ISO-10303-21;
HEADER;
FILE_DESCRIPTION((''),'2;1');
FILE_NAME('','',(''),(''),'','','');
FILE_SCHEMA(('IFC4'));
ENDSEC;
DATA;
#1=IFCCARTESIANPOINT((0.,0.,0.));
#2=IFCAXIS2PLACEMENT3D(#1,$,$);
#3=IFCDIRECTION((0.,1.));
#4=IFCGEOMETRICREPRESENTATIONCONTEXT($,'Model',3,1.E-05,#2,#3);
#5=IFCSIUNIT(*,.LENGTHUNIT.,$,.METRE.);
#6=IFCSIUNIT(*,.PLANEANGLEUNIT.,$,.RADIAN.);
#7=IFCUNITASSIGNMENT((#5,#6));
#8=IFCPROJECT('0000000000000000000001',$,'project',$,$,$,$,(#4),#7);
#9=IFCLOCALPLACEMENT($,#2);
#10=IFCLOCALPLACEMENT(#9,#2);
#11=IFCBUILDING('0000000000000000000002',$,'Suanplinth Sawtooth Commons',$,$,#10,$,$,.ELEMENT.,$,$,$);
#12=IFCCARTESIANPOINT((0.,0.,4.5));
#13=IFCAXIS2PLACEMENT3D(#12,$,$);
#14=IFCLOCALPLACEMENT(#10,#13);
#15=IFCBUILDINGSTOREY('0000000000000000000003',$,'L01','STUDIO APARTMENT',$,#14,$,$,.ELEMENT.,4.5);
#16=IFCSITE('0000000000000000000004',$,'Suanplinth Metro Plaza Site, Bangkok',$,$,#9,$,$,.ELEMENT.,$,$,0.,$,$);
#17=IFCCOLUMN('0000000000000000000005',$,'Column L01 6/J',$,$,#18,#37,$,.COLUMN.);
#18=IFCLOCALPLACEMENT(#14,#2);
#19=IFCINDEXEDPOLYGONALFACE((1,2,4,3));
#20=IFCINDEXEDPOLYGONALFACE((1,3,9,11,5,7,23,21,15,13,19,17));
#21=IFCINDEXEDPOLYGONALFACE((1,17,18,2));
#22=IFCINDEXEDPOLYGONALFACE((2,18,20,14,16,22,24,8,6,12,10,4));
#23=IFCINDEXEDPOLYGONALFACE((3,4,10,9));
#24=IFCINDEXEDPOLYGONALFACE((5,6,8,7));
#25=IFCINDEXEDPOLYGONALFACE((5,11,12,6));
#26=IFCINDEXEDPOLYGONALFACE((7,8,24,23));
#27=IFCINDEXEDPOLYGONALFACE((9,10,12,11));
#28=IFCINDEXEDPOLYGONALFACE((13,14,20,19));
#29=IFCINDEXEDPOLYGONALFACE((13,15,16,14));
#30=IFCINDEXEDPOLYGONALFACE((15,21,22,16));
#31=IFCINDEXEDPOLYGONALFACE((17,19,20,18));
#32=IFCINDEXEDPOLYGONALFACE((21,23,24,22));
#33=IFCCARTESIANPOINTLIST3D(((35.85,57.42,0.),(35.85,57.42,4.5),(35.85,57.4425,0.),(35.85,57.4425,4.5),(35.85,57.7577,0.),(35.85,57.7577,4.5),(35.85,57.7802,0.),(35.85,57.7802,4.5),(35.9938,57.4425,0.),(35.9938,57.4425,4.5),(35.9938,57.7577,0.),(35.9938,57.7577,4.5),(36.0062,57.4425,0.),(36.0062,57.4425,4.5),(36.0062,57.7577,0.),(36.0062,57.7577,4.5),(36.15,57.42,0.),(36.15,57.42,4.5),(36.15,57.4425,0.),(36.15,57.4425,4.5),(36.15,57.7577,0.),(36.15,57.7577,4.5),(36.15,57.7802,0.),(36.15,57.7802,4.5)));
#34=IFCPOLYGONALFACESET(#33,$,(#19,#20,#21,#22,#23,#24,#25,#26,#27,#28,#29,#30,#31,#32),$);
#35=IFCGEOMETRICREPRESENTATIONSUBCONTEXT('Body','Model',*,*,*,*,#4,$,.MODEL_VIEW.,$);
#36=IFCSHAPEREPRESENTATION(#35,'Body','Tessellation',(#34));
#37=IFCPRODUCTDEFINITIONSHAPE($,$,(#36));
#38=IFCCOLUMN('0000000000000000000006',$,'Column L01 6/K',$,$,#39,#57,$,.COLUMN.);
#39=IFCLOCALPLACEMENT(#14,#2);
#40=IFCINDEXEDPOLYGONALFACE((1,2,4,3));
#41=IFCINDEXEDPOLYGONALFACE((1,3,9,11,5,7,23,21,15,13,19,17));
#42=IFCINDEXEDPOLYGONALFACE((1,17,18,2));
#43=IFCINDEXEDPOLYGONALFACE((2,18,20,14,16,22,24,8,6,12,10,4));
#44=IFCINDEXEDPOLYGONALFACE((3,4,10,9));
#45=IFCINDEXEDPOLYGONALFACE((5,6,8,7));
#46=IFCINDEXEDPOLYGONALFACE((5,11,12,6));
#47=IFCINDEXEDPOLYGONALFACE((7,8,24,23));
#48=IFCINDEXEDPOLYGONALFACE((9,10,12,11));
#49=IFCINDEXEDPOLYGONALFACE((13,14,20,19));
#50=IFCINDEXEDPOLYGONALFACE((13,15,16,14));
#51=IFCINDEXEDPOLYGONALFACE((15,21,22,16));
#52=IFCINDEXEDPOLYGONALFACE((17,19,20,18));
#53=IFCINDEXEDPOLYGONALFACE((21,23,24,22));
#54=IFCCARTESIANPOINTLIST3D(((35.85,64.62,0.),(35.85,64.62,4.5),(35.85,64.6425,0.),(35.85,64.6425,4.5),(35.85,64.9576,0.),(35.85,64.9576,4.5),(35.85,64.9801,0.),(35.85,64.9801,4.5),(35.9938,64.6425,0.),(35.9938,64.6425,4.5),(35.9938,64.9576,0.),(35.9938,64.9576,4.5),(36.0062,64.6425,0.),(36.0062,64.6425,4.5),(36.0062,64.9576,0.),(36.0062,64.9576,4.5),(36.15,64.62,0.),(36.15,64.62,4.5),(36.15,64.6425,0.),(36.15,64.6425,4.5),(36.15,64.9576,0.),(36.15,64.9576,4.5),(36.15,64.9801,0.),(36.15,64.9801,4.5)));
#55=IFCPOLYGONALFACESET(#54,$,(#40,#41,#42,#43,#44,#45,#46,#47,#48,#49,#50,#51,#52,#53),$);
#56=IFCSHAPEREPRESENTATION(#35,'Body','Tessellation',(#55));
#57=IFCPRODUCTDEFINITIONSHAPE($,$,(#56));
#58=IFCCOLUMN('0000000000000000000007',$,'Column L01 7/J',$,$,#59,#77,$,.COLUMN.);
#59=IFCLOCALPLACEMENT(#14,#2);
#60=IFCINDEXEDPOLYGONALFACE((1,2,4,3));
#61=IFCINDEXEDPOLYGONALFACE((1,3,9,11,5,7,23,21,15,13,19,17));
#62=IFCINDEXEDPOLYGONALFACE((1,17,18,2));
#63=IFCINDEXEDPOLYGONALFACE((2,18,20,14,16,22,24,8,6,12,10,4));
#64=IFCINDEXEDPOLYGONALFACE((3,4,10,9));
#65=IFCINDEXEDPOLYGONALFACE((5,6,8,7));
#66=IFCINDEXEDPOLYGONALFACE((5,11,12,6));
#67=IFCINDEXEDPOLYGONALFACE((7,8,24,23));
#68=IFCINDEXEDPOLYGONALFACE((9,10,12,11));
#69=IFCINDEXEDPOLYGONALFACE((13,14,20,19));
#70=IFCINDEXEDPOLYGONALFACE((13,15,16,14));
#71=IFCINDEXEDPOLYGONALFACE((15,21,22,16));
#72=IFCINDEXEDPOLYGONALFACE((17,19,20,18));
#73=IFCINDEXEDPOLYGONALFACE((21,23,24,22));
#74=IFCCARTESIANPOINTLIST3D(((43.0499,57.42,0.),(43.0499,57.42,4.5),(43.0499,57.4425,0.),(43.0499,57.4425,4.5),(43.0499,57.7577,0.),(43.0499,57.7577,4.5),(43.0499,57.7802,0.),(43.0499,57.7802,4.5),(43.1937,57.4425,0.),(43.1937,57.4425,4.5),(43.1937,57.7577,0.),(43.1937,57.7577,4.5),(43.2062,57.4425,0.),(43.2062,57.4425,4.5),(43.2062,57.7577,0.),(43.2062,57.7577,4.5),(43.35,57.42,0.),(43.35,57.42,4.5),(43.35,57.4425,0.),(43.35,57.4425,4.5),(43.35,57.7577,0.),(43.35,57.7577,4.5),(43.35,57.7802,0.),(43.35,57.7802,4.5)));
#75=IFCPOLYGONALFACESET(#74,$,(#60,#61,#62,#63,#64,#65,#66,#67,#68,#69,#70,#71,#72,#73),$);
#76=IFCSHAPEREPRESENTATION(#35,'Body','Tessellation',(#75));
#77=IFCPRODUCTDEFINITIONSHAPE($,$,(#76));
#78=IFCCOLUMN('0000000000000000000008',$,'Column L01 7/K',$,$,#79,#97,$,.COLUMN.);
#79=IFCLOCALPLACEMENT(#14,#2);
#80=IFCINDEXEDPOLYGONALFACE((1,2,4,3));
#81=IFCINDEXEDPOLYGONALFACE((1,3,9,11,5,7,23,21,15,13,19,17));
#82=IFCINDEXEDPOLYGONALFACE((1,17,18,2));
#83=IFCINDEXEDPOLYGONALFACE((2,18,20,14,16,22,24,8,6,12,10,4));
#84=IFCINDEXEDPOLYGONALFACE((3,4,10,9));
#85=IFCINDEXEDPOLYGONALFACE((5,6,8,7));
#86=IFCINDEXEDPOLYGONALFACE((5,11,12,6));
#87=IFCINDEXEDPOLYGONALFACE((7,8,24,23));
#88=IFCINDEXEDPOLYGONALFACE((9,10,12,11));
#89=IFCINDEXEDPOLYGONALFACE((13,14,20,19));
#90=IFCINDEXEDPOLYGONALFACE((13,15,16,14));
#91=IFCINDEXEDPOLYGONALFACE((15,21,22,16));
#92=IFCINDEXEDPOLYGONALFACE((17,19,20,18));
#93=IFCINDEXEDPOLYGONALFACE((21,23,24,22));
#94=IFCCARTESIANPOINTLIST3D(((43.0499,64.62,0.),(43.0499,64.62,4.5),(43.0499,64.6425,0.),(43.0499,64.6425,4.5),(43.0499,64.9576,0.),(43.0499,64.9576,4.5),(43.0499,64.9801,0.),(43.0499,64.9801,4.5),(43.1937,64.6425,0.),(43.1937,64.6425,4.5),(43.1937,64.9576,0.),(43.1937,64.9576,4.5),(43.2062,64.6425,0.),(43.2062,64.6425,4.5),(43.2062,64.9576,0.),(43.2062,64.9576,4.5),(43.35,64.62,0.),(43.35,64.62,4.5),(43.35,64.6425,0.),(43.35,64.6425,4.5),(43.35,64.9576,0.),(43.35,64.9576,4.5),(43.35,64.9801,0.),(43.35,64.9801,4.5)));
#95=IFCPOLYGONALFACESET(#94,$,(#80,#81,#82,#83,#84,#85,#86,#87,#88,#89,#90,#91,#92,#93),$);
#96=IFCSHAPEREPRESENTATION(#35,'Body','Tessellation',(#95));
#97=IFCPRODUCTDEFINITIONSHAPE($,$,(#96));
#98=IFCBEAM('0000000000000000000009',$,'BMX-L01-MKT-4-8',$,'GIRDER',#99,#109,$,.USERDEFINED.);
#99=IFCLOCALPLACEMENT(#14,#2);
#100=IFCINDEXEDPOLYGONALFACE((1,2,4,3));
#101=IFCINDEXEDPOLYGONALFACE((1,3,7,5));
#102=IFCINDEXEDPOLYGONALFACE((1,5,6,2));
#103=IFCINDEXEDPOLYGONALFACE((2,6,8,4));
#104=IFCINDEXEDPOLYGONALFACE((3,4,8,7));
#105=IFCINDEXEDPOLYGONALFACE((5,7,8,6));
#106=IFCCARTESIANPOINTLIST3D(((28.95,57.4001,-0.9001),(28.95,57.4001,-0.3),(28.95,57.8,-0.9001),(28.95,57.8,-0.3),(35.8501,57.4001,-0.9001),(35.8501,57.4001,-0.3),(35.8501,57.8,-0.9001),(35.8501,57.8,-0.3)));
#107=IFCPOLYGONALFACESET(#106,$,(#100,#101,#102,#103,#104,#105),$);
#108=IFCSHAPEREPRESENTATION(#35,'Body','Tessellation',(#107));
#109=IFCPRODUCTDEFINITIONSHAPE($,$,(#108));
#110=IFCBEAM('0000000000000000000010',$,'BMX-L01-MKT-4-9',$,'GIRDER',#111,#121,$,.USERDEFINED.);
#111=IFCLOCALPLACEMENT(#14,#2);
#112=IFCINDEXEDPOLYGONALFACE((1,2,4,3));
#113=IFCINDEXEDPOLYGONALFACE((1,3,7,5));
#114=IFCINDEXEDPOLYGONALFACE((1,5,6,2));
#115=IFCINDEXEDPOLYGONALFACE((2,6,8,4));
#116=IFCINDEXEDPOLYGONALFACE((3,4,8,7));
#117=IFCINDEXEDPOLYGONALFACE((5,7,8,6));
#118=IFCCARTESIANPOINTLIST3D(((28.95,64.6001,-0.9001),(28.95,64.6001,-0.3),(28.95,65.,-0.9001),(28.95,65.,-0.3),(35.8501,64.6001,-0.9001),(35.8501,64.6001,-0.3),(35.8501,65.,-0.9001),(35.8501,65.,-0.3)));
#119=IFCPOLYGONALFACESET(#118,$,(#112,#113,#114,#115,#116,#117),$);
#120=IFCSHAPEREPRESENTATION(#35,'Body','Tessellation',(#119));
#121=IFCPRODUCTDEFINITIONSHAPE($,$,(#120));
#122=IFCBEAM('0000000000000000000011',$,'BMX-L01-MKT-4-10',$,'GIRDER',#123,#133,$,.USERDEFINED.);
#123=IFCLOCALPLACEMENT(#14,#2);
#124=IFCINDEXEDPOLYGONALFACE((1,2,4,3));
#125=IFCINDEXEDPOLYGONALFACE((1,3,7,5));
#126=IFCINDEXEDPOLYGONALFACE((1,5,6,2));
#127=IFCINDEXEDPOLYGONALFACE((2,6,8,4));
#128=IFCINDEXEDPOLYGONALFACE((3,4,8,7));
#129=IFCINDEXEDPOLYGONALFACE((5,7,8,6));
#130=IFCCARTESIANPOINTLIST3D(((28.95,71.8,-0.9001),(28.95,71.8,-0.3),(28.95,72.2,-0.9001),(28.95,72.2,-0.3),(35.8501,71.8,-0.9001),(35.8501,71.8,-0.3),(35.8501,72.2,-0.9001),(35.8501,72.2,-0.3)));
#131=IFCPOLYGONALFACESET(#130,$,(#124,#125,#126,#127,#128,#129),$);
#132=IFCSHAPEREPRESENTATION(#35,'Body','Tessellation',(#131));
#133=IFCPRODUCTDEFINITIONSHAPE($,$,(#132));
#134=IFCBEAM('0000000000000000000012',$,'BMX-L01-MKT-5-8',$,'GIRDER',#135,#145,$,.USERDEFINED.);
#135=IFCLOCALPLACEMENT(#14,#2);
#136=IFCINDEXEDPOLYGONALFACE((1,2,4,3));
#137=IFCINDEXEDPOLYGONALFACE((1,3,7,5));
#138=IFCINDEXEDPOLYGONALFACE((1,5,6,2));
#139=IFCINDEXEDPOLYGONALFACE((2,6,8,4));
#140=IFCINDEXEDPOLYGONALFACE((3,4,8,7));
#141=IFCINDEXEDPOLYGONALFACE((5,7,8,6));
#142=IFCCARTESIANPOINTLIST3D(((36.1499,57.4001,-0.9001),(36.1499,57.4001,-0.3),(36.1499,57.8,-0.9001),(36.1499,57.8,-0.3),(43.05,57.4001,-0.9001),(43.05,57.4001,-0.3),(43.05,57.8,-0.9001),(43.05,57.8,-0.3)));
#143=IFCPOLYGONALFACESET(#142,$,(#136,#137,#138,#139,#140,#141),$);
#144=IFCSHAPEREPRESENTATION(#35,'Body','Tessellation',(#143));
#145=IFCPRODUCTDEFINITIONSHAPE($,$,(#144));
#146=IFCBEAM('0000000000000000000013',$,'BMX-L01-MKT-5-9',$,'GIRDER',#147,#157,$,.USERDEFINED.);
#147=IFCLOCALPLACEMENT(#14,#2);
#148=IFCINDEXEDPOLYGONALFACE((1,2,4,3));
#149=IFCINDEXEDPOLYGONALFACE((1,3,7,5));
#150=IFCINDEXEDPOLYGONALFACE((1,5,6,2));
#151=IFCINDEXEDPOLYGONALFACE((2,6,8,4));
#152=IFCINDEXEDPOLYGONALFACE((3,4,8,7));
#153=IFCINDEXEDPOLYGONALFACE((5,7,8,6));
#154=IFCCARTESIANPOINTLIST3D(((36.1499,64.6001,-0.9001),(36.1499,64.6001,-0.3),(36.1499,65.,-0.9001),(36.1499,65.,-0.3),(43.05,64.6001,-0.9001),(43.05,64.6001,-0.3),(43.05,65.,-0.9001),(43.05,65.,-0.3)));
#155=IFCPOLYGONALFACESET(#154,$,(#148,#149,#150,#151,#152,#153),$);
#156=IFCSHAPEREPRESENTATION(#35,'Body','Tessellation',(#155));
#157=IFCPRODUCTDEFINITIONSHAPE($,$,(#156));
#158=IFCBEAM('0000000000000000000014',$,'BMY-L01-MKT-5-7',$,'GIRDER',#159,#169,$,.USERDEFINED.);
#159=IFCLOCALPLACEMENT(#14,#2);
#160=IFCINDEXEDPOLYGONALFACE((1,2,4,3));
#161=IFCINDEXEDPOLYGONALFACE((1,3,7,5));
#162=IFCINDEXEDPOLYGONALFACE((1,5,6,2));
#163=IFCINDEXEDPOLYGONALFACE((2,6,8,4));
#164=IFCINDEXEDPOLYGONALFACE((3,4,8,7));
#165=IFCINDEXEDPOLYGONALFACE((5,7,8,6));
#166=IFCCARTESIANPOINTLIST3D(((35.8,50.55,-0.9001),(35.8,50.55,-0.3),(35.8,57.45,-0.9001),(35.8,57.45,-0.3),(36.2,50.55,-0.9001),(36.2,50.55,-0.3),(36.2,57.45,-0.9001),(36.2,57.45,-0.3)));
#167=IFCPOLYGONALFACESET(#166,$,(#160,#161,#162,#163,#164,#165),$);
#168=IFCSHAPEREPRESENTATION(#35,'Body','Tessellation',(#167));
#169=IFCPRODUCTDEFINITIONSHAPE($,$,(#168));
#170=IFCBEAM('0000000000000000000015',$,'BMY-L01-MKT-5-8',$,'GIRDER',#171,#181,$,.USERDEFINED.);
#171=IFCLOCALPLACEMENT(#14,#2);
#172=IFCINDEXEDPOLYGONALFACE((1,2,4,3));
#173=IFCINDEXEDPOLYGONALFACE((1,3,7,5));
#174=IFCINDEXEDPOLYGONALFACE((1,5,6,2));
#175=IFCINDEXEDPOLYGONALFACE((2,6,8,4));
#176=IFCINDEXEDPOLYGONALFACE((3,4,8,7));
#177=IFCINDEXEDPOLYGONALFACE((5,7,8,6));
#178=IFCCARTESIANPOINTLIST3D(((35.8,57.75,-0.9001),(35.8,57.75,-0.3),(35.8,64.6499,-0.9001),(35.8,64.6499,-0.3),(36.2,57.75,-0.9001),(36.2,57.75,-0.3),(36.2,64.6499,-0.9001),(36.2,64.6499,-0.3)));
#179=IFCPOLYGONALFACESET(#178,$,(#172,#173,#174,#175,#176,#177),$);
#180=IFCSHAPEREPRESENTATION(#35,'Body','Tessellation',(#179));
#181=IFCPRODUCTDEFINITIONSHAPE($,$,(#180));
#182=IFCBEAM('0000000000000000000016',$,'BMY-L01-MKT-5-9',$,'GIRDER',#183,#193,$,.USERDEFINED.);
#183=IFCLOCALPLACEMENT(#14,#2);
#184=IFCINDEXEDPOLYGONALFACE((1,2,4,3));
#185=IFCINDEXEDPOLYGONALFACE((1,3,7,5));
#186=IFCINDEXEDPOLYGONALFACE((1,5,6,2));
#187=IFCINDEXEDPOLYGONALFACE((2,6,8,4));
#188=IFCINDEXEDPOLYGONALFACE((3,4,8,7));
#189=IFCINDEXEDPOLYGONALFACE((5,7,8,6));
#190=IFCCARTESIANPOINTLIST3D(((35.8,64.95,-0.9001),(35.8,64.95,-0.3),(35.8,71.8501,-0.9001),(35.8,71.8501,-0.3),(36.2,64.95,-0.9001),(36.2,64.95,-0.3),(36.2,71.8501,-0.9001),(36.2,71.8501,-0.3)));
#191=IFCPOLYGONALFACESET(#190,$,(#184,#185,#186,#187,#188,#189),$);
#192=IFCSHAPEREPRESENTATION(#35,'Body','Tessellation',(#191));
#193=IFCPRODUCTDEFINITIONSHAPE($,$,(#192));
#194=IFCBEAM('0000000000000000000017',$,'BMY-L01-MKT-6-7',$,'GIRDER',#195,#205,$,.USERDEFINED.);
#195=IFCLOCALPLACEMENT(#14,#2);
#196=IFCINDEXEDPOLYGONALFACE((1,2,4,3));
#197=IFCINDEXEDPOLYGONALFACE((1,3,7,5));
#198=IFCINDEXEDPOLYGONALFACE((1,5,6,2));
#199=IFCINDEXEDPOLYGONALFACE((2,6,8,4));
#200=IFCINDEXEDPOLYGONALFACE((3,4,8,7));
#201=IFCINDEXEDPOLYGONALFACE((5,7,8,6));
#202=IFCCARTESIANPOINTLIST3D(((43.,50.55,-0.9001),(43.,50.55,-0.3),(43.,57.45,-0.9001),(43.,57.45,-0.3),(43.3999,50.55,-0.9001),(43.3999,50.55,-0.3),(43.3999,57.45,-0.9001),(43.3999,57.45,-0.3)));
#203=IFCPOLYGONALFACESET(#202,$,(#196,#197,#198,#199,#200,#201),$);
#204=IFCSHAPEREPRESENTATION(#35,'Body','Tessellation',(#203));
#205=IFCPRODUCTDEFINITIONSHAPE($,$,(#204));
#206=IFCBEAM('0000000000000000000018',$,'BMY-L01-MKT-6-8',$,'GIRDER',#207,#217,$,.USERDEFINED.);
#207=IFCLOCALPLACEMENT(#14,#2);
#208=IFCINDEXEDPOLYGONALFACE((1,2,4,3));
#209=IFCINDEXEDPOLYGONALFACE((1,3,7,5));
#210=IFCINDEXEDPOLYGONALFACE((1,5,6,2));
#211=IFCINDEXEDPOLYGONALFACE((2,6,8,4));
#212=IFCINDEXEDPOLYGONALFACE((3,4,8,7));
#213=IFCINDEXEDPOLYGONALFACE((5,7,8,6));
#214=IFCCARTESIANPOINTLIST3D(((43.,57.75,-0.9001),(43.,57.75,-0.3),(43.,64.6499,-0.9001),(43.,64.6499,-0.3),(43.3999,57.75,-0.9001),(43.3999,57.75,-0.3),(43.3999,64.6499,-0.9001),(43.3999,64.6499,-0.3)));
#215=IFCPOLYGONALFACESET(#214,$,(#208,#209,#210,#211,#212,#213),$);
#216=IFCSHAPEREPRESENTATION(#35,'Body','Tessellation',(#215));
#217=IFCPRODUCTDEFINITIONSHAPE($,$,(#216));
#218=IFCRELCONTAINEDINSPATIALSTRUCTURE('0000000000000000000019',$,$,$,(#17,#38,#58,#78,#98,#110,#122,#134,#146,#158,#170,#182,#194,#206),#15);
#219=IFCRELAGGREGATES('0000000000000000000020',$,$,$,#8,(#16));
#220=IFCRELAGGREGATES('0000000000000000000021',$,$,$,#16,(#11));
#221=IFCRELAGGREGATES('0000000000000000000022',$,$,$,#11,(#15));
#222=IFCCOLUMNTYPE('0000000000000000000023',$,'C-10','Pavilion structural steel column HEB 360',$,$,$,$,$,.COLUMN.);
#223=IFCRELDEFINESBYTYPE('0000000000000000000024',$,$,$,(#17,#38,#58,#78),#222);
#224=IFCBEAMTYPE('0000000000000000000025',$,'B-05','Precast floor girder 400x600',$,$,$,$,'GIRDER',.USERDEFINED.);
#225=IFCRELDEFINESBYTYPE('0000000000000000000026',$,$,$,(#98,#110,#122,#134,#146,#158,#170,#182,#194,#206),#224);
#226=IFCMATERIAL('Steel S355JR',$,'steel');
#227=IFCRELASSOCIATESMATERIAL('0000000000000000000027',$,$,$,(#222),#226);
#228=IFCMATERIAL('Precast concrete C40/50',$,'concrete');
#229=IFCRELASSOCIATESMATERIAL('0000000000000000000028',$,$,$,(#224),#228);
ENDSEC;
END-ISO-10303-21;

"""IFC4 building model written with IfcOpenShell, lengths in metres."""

from ifc_helpers import new_model, si_unit, direction, frame, origin, origin_2d, place, context, subcontext, project, spatial, rectangle, i_section, extrude, material, material_profile, profile_set, type_object, element, save


model = new_model("IFC4")

# Units and contexts
model_context = context("Model", 3, precision=1e-05, world=origin(), true_north=direction((0.0, 1.0)))
body_context = subcontext(model_context, "Body", "Model", "MODEL_VIEW")
ifc_project = project(units=[si_unit("LENGTHUNIT", "METRE"), si_unit("PLANEANGLEUNIT", "RADIAN")], contexts=[model_context])

# Site, building, storey
site_placement = place(None, origin())
site = spatial("IfcSite", under=ifc_project, at=site_placement, Name="Suanplinth Metro Plaza Site, Bangkok", CompositionType="ELEMENT", RefElevation=0.0)
building_placement = place(site_placement, origin())
building = spatial("IfcBuilding", under=site, at=building_placement, Name="Suanplinth Sawtooth Commons", CompositionType="ELEMENT")
storey_placement = place(building_placement, frame((0.0, 0.0, 4.5)))
storey = spatial("IfcBuildingStorey", under=building, at=storey_placement, Name="L01", Description="STUDIO APARTMENT", CompositionType="ELEMENT", Elevation=4.5)

# Columns
ifc_material_1 = material(Name="Steel S355JR", Category="steel")
ifc_material_profile_1 = material_profile(ifc_material_1, i_section(OverallWidth=0.3, OverallDepth=0.3601, WebThickness=0.0125, FlangeThickness=0.0225, at=origin_2d()), Name="HEB 360")
ifc_profile_set_1 = profile_set([ifc_material_profile_1], Name="Steel S355JR")
column_type = type_object("IfcColumnType", Name="C-10", Description="Pavilion structural steel column HEB 360", PredefinedType="COLUMN", material=ifc_profile_set_1)
for number, where, z_axis, x_axis, name in (
    (1, (36.0, 57.6001, 0.0), (0.0, 0.0, 1.0), (1.0, 0.0, 0.0), "Column L01 6/J"),
    (2, (36.0, 64.8, 0.0), (0.0, 0.0, 1.0), (1.0, 0.0, 0.0), "Column L01 6/K"),
    (3, (43.2, 57.6001, 0.0), (0.0, 0.0, 1.0), (1.0, 0.0, 0.0), "Column L01 7/J"),
    (4, (43.2, 64.8, 0.0), (0.0, 0.0, 1.0), (1.0, 0.0, 0.0), "Column L01 7/K"),
):
    element("IfcColumn", number, at=place(storey_placement, frame(where, z_axis=z_axis, x_axis=x_axis)), inside=storey, type_object=column_type, Name=name, PredefinedType="COLUMN", context=body_context, shape_type="SweptSolid", body=[
        extrude(i_section(OverallWidth=0.3, OverallDepth=0.3601, WebThickness=0.0125, FlangeThickness=0.0225, at=origin_2d()), origin(), (0.0, 0.0, 1.0), 4.5),
    ])

# Beams
ifc_material_2 = material(Name="Precast concrete C40/50", Category="concrete")
ifc_material_profile_2 = material_profile(ifc_material_2, rectangle(XDim=0.3999, YDim=0.6001, at=origin_2d()), Name="PC-GDR 400x600")
ifc_profile_set_2 = profile_set([ifc_material_profile_2], Name="Precast concrete C40/50")
beam_type = type_object("IfcBeamType", Name="B-05", Description="Precast floor girder 400x600", ElementType="GIRDER", PredefinedType="USERDEFINED", material=ifc_profile_set_2)
for number, where, z_axis, x_axis, name in (
    (5, (28.95, 57.6001, -0.6001), (1.0, 0.0, 0.0), (0.0, 1.0, 0.0), "BMX-L01-MKT-4-8"),
    (6, (28.95, 64.8, -0.6001), (1.0, 0.0, 0.0), (0.0, 1.0, 0.0), "BMX-L01-MKT-4-9"),
    (7, (28.95, 72.0, -0.6001), (1.0, 0.0, 0.0), (0.0, 1.0, 0.0), "BMX-L01-MKT-4-10"),
    (8, (36.1499, 57.6001, -0.6001), (1.0, 0.0, 0.0), (0.0, 1.0, 0.0), "BMX-L01-MKT-5-8"),
    (9, (36.1499, 64.8, -0.6001), (1.0, 0.0, 0.0), (0.0, 1.0, 0.0), "BMX-L01-MKT-5-9"),
):
    element("IfcBeam", number, at=place(storey_placement, frame(where, z_axis=z_axis, x_axis=x_axis)), inside=storey, type_object=beam_type, Name=name, ObjectType="GIRDER", PredefinedType="USERDEFINED", context=body_context, shape_type="SweptSolid", body=[
        extrude(rectangle(XDim=0.3999, YDim=0.6001, at=origin_2d()), origin(), (0.0, 0.0, 1.0), 6.9001),
    ])
for number, where, z_axis, x_axis, name in (
    (10, (36.0, 50.55, -0.6001), (0.0, 1.0, 0.0), (-1.0, 0.0, 0.0), "BMY-L01-MKT-5-7"),
    (11, (36.0, 57.75, -0.6001), (0.0, 1.0, 0.0), (-1.0, 0.0, 0.0), "BMY-L01-MKT-5-8"),
):
    element("IfcBeam", number, at=place(storey_placement, frame(where, z_axis=z_axis, x_axis=x_axis)), inside=storey, type_object=beam_type, Name=name, ObjectType="GIRDER", PredefinedType="USERDEFINED", context=body_context, shape_type="SweptSolid", body=[
        extrude(rectangle(XDim=0.3999, YDim=0.6001, at=origin_2d()), origin(), (0.0, 0.0, 1.0), 6.8999),
    ])
beam_1_placement = place(storey_placement, frame((36.0, 64.95, -0.6001), z_axis=(0.0, 1.0, 0.0), x_axis=(-1.0, 0.0, 0.0)))
element("IfcBeam", 12, at=beam_1_placement, inside=storey, type_object=beam_type, Name="BMY-L01-MKT-5-9", ObjectType="GIRDER", PredefinedType="USERDEFINED", context=body_context, shape_type="SweptSolid", body=[
    extrude(rectangle(XDim=0.3999, YDim=0.6001, at=origin_2d()), origin(), (0.0, 0.0, 1.0), 6.9001),
])
for number, where, z_axis, x_axis, name in (
    (13, (43.2, 50.55, -0.6001), (0.0, 1.0, 0.0), (-1.0, 0.0, 0.0), "BMY-L01-MKT-6-7"),
    (14, (43.2, 57.75, -0.6001), (0.0, 1.0, 0.0), (-1.0, 0.0, 0.0), "BMY-L01-MKT-6-8"),
):
    element("IfcBeam", number, at=place(storey_placement, frame(where, z_axis=z_axis, x_axis=x_axis)), inside=storey, type_object=beam_type, Name=name, ObjectType="GIRDER", PredefinedType="USERDEFINED", context=body_context, shape_type="SweptSolid", body=[
        extrude(rectangle(XDim=0.3999, YDim=0.6001, at=origin_2d()), origin(), (0.0, 0.0, 1.0), 6.8999),
    ])

save(model, "model.ifc")
